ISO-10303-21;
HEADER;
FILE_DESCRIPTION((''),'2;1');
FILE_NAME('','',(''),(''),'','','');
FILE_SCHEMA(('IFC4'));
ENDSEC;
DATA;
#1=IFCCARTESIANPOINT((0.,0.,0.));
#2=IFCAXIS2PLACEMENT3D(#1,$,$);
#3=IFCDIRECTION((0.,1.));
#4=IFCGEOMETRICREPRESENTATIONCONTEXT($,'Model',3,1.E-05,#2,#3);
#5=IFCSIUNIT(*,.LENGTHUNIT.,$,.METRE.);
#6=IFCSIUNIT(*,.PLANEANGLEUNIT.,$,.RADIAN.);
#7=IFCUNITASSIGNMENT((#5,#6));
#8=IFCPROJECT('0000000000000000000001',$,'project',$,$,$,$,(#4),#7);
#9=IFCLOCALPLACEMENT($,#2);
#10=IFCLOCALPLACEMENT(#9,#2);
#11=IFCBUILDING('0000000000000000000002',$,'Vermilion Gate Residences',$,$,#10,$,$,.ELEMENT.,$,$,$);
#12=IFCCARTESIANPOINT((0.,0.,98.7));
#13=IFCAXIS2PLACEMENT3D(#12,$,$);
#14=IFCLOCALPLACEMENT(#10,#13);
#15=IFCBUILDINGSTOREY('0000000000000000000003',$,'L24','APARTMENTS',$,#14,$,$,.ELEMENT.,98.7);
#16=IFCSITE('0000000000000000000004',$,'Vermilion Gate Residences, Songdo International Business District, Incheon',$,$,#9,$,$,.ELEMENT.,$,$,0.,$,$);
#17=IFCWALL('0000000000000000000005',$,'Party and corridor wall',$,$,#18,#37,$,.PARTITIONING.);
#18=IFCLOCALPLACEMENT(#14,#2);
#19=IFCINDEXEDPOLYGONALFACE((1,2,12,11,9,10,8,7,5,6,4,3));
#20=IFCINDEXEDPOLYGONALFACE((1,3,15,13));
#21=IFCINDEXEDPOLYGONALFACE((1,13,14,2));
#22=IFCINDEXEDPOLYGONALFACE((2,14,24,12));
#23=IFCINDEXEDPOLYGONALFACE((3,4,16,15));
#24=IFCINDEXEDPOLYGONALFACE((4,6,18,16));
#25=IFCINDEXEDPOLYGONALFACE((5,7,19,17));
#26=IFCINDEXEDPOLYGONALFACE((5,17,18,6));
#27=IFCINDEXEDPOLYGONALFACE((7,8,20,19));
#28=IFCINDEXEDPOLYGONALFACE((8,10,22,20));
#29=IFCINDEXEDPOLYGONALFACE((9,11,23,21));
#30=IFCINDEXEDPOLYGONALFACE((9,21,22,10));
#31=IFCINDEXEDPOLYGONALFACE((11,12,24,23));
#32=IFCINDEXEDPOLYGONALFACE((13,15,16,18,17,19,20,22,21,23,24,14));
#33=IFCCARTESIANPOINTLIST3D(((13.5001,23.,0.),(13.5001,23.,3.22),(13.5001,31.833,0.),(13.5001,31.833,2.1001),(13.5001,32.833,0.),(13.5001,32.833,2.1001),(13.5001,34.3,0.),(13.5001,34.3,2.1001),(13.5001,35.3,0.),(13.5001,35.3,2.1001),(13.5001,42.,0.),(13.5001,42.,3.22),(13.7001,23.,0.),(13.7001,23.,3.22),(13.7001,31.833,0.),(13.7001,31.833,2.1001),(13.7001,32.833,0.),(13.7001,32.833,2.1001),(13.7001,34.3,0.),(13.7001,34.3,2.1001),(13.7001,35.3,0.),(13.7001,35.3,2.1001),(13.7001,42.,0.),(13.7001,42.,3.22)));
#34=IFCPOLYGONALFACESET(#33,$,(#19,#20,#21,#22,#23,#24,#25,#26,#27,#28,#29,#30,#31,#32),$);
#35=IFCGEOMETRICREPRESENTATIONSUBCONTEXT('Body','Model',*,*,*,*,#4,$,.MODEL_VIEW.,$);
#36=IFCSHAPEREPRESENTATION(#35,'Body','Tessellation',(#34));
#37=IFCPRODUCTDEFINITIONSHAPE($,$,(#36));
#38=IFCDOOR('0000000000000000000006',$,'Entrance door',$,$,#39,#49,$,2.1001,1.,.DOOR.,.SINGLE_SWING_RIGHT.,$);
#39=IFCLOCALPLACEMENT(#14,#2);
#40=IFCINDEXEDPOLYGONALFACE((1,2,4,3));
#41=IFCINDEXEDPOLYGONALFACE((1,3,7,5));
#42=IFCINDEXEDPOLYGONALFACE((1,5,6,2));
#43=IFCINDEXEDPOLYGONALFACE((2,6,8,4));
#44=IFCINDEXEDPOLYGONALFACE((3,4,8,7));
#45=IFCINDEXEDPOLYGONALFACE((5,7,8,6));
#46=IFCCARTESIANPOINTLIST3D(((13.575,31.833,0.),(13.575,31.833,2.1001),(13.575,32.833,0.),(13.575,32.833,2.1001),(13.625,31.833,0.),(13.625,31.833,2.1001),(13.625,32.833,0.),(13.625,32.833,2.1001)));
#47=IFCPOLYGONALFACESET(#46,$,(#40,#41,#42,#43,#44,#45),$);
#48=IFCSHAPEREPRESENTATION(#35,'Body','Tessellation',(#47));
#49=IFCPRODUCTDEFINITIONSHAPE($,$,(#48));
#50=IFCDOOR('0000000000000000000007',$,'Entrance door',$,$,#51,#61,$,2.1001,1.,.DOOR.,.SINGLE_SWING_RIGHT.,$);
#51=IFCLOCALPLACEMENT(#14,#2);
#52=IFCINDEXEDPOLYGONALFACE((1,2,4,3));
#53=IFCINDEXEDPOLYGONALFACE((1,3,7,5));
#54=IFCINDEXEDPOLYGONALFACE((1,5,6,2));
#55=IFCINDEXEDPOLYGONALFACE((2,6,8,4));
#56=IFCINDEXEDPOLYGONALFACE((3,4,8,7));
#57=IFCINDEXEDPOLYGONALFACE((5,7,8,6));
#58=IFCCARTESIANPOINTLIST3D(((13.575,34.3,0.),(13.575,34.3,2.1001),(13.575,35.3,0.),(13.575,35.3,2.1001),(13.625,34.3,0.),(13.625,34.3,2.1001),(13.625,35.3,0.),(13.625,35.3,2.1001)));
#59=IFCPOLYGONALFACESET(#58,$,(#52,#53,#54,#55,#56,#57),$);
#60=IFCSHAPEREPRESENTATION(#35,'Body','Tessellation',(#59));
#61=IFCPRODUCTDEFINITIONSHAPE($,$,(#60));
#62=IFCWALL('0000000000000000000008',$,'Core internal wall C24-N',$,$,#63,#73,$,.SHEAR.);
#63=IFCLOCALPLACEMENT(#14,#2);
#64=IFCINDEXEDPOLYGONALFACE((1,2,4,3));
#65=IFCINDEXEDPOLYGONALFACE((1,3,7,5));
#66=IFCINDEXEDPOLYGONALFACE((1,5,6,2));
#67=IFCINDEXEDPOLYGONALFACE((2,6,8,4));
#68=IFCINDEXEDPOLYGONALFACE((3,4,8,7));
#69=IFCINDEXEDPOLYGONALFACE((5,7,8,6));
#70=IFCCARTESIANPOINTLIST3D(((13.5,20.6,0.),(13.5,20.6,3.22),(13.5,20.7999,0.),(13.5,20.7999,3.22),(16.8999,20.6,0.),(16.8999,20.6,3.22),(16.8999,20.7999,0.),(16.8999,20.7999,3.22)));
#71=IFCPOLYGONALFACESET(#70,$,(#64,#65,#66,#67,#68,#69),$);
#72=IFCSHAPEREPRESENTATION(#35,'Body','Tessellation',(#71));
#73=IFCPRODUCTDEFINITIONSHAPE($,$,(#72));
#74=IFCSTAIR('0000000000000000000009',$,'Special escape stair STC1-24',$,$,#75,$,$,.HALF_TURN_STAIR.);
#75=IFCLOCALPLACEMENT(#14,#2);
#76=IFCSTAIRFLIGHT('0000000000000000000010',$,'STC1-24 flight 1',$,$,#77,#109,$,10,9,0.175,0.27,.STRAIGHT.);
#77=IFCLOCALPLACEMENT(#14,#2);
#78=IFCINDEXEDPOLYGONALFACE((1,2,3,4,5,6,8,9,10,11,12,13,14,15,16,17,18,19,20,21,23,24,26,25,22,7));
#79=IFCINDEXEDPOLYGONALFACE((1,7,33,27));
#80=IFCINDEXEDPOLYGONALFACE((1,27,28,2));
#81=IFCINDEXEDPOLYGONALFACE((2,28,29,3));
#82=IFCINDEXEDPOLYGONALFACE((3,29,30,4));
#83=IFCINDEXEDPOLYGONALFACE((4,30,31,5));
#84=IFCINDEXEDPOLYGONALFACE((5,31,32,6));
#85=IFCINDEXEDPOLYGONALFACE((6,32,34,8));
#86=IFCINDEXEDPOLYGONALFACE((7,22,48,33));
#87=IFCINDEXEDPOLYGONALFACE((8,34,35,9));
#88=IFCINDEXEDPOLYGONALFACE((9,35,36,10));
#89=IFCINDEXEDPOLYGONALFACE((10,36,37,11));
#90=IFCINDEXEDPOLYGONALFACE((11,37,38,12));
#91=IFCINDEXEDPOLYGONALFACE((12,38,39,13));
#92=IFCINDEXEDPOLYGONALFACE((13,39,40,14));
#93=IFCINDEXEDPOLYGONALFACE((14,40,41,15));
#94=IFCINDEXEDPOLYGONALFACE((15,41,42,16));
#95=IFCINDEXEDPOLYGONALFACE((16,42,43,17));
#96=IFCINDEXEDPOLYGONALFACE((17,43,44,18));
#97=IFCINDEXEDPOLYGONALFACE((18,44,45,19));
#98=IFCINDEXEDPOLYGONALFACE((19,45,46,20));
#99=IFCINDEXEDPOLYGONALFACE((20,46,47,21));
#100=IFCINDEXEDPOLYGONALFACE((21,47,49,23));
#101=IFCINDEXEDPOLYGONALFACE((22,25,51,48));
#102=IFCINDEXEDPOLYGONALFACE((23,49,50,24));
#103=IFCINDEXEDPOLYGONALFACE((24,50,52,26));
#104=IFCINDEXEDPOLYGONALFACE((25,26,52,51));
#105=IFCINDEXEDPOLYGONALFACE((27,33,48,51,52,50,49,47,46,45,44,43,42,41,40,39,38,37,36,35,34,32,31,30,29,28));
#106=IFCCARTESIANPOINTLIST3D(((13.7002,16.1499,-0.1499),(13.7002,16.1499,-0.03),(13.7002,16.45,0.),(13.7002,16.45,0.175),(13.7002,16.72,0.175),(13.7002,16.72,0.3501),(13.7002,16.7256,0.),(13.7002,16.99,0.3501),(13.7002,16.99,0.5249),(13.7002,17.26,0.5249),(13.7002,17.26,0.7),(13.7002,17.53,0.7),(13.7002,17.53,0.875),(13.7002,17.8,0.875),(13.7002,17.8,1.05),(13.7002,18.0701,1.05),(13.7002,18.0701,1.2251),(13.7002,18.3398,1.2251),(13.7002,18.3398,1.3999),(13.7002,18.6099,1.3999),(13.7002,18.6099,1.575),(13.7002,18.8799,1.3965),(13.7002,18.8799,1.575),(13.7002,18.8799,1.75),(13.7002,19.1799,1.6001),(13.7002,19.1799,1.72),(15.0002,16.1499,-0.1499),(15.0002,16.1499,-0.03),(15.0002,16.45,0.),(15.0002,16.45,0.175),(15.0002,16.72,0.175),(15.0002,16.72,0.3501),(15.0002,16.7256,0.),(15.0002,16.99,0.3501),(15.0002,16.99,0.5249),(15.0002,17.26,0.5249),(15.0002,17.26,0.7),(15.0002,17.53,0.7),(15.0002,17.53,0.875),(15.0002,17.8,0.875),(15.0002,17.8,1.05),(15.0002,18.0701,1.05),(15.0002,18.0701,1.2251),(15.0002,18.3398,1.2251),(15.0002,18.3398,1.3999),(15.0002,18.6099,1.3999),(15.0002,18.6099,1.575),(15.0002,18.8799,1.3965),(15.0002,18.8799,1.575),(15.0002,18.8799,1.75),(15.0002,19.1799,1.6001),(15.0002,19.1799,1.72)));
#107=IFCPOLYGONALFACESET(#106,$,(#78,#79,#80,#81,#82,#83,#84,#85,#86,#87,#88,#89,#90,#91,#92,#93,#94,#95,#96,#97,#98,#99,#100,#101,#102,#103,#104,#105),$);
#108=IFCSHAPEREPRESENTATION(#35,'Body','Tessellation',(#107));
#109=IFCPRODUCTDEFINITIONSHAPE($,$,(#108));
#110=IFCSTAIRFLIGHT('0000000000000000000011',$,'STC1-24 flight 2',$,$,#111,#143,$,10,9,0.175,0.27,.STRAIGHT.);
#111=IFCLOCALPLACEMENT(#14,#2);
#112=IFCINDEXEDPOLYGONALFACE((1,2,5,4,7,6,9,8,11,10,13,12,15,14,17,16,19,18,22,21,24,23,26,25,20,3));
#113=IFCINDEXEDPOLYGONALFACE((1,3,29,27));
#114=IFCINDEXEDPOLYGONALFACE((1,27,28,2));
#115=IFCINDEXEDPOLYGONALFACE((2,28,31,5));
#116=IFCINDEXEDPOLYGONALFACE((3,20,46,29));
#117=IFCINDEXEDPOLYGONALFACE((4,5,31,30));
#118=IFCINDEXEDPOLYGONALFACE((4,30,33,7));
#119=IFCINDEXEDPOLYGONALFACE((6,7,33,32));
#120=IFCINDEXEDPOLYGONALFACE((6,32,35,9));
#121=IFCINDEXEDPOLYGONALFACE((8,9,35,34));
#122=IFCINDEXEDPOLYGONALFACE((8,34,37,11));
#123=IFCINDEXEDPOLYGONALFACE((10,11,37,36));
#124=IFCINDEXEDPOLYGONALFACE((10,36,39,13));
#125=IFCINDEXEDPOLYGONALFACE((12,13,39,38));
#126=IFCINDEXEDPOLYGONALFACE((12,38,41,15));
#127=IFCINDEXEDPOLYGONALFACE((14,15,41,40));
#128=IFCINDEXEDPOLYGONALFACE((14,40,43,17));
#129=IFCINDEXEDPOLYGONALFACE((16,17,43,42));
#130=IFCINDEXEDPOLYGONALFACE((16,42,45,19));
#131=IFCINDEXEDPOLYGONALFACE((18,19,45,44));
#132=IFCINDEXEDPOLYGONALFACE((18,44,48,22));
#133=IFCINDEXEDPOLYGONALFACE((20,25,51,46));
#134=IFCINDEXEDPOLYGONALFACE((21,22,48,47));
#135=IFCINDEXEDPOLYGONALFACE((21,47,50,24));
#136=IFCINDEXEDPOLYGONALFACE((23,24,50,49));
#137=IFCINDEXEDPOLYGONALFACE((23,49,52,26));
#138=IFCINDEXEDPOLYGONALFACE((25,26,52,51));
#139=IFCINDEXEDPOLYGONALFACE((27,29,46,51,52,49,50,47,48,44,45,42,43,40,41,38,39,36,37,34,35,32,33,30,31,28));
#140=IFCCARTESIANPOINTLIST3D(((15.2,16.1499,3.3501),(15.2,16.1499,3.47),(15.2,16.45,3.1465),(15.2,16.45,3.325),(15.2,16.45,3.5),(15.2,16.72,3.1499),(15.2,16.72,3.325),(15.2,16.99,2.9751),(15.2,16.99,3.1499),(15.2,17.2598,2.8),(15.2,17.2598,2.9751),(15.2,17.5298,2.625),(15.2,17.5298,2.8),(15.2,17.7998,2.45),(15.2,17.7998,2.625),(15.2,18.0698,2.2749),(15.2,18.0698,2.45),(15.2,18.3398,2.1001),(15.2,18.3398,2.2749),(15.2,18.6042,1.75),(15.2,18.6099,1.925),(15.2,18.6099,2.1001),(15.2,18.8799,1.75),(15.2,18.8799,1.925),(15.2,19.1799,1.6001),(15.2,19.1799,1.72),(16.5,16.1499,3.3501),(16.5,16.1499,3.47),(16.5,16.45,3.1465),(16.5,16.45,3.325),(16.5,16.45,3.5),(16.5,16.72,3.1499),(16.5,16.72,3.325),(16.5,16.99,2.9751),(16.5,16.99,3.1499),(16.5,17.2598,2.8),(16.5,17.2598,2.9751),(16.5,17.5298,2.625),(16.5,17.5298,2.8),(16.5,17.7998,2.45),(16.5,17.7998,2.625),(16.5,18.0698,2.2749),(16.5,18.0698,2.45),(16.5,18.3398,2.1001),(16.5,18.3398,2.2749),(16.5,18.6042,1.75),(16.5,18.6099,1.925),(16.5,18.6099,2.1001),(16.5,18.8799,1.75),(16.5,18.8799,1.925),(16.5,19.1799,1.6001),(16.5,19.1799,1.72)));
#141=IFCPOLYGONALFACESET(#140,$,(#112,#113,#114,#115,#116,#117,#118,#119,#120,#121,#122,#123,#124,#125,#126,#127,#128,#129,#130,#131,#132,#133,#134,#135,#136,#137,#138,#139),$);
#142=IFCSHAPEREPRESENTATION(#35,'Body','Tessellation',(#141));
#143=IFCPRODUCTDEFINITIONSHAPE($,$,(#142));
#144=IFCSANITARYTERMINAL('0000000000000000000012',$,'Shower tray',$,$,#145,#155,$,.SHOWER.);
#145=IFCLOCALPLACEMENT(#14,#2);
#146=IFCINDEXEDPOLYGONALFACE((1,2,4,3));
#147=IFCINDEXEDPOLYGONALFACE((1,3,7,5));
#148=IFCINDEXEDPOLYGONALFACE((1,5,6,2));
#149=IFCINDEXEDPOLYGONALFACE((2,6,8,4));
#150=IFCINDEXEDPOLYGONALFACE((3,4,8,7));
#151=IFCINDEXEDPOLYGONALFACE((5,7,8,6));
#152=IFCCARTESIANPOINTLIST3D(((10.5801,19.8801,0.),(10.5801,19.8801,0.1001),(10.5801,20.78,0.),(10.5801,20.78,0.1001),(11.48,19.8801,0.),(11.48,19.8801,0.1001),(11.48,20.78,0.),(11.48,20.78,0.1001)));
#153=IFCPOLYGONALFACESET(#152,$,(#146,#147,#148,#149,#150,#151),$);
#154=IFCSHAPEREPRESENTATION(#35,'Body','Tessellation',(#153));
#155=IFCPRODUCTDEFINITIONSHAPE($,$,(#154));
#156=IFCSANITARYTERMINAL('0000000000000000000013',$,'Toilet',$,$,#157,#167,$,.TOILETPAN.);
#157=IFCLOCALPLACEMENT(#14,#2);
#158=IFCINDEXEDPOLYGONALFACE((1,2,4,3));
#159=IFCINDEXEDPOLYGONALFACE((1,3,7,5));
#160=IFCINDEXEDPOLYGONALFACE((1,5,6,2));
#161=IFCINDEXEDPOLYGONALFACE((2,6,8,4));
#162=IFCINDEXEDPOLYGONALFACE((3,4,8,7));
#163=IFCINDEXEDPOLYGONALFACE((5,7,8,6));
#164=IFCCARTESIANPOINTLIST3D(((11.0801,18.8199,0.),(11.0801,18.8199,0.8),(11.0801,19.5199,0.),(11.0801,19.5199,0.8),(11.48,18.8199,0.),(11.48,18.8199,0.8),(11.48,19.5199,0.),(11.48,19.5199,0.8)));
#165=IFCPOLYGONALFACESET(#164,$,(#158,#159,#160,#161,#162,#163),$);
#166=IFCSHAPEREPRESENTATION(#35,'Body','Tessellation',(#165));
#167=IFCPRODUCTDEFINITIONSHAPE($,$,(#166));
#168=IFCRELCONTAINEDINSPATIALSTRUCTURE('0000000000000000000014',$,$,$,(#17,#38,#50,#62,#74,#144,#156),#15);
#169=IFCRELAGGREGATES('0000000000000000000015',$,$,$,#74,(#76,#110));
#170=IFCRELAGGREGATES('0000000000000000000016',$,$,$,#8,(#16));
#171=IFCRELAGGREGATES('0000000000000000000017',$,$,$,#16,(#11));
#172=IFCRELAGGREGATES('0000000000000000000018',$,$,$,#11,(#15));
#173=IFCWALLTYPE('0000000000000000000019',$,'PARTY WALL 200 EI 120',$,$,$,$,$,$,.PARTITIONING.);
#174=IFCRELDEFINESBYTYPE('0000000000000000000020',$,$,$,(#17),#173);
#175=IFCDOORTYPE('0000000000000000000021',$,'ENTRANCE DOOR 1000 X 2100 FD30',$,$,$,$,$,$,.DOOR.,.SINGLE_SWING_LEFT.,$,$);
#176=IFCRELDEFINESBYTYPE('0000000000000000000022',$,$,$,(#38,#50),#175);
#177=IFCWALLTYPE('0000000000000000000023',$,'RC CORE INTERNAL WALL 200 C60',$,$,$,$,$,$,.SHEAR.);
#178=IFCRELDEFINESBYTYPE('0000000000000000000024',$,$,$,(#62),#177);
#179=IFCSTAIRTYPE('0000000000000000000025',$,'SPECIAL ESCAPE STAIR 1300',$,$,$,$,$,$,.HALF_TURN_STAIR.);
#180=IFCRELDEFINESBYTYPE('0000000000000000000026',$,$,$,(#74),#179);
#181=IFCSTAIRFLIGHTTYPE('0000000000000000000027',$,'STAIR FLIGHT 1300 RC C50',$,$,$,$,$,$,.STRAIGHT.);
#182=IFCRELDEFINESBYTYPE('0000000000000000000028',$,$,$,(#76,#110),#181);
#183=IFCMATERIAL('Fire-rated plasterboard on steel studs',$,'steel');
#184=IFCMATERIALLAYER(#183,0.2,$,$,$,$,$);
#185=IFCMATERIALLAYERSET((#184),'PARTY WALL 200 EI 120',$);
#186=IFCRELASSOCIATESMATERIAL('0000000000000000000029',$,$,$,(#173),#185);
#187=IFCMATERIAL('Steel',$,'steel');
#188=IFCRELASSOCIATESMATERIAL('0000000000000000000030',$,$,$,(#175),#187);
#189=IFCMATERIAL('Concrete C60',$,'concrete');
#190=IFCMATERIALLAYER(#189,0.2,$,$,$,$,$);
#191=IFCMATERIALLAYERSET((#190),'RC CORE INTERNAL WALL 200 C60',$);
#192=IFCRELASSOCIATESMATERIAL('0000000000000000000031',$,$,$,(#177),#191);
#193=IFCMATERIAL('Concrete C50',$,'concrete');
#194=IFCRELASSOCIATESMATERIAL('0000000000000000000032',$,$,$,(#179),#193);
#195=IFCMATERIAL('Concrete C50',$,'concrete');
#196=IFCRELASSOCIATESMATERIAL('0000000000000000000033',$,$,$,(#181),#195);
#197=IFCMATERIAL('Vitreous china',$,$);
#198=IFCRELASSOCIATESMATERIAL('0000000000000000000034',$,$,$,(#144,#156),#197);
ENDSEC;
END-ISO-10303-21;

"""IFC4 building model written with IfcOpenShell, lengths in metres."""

from ifc_helpers import new_model, si_unit, direction, frame, frame_2d, origin, origin_2d, place, context, subcontext, project, spatial, polyline, rectangle, outline, extrude, material, layer, layer_set, type_object, element, fill, aggregate, save


model = new_model("IFC4")

# Units and contexts
model_context = context("Model", 3, precision=1e-05, world=origin(), true_north=direction((0.0, 1.0)))
body_context = subcontext(model_context, "Body", "Model", "MODEL_VIEW")
ifc_project = project(units=[si_unit("LENGTHUNIT", "METRE"), si_unit("PLANEANGLEUNIT", "RADIAN")], contexts=[model_context])

# Site, building, storey
site_placement = place(None, origin())
site = spatial("IfcSite", under=ifc_project, at=site_placement, Name="Vermilion Gate Residences, Songdo International Business District, Incheon", CompositionType="ELEMENT", RefElevation=0.0)
building_placement = place(site_placement, origin())
building = spatial("IfcBuilding", under=site, at=building_placement, Name="Vermilion Gate Residences", CompositionType="ELEMENT")
storey_placement = place(building_placement, frame((0.0, 0.0, 98.7)))
storey = spatial("IfcBuildingStorey", under=building, at=storey_placement, Name="L24", Description="APARTMENTS", CompositionType="ELEMENT", Elevation=98.7)

# Shared definitions
ifc_material_1 = material(Name="Fire-rated plasterboard on steel studs", Category="steel")
ifc_layer_1 = layer(ifc_material_1, 0.2)
ifc_layer_set_1 = layer_set([ifc_layer_1], Name="PARTY WALL 200 EI 120")
wall_type_1 = type_object("IfcWallType", Name="PARTY WALL 200 EI 120", PredefinedType="PARTITIONING", material=ifc_layer_set_1)
ifc_material_2 = material(Name="Steel", Category="steel")
door_type_1 = type_object("IfcDoorType", Name="ENTRANCE DOOR 1000 X 2100 FD30", OperationType="SINGLE_SWING_LEFT", PredefinedType="DOOR", material=ifc_material_2)

# Wall, openings, doors
wall_1_placement = place(storey_placement, frame((13.6001, 23.0, 0.0), z_axis=(0.0, 0.0, 1.0), x_axis=(0.0, 1.0, 0.0)))
wall_1 = element("IfcWall", 1, at=wall_1_placement, inside=storey, type_object=wall_type_1, Name="Party and corridor wall", PredefinedType="PARTITIONING", context=body_context, shape_type="SweptSolid", body=[
    extrude(rectangle(XDim=19.0, YDim=0.2, at=frame_2d((9.5, 0.0))), origin(), (0.0, 0.0, 1.0), 3.22),
])
opening_1_placement = place(wall_1_placement, frame((8.833, 0.0, 0.0)))
opening_1 = element("IfcOpeningElement", 2, at=opening_1_placement, cuts=wall_1, PredefinedType="OPENING", context=body_context, shape_type="SweptSolid", body=[
    extrude(rectangle(XDim=1.0, YDim=2.1001, at=frame_2d((0.5, 1.05))), frame((0.0, 0.1099, 0.0), z_axis=(0.0, -1.0, 0.0), x_axis=(1.0, 0.0, 0.0)), (0.0, 0.0, 1.0), 0.22),
])
opening_2_placement = place(wall_1_placement, frame((11.3, 0.0, 0.0)))
opening_2 = element("IfcOpeningElement", 3, at=opening_2_placement, cuts=wall_1, PredefinedType="OPENING", context=body_context, shape_type="SweptSolid", body=[
    extrude(rectangle(XDim=1.0, YDim=2.1001, at=frame_2d((0.5, 1.05))), frame((0.0, 0.1099, 0.0), z_axis=(0.0, -1.0, 0.0), x_axis=(1.0, 0.0, 0.0)), (0.0, 0.0, 1.0), 0.22),
])
door_1_placement = place(opening_1_placement, frame((1.0, 0.0, 0.0), z_axis=(0.0, 0.0, 1.0), x_axis=(-1.0, 0.0, 0.0)))
door_1 = element("IfcDoor", 4, at=door_1_placement, inside=storey, type_object=door_type_1, Name="Entrance door", OperationType="SINGLE_SWING_RIGHT", OverallHeight=2.1001, OverallWidth=1.0, PredefinedType="DOOR", context=body_context, shape_type="SweptSolid", body=[
    extrude(rectangle(XDim=1.0, YDim=2.1001, at=frame_2d((0.5, 1.05))), frame((0.0, 0.0249, 0.0), z_axis=(0.0, -1.0, 0.0), x_axis=(1.0, 0.0, 0.0)), (0.0, 0.0, 1.0), 0.05),
])
fill(opening_1, door_1)
door_2_placement = place(opening_2_placement, frame((1.0, 0.0, 0.0), z_axis=(0.0, 0.0, 1.0), x_axis=(-1.0, 0.0, 0.0)))
door_2 = element("IfcDoor", 5, at=door_2_placement, inside=storey, type_object=door_type_1, Name="Entrance door", OperationType="SINGLE_SWING_RIGHT", OverallHeight=2.1001, OverallWidth=1.0, PredefinedType="DOOR", context=body_context, shape_type="SweptSolid", body=[
    extrude(rectangle(XDim=1.0, YDim=2.1001, at=frame_2d((0.5, 1.05))), frame((0.0, 0.0249, 0.0), z_axis=(0.0, -1.0, 0.0), x_axis=(1.0, 0.0, 0.0)), (0.0, 0.0, 1.0), 0.05),
])
fill(opening_2, door_2)

# Wall
ifc_material_3 = material(Name="Concrete C60", Category="concrete")
ifc_layer_2 = layer(ifc_material_3, 0.2)
ifc_layer_set_2 = layer_set([ifc_layer_2], Name="RC CORE INTERNAL WALL 200 C60")
wall_type_2 = type_object("IfcWallType", Name="RC CORE INTERNAL WALL 200 C60", PredefinedType="SHEAR", material=ifc_layer_set_2)
wall_2_placement = place(storey_placement, frame((13.5, 20.7, 0.0), z_axis=(0.0, 0.0, 1.0), x_axis=(1.0, 0.0, 0.0)))
element("IfcWall", 6, at=wall_2_placement, inside=storey, type_object=wall_type_2, Name="Core internal wall C24-N", PredefinedType="SHEAR", context=body_context, shape_type="SweptSolid", body=[
    extrude(rectangle(XDim=3.3999, YDim=0.2, at=frame_2d((1.7, 0.0))), origin(), (0.0, 0.0, 1.0), 3.22),
])

# Stair, stair flights
ifc_material_4 = material(Name="Concrete C50", Category="concrete")
stair_type = type_object("IfcStairType", Name="SPECIAL ESCAPE STAIR 1300", PredefinedType="HALF_TURN_STAIR", material=ifc_material_4)
stair_placement = place(storey_placement, origin())
stair = element("IfcStair", 7, at=stair_placement, inside=storey, type_object=stair_type, Name="Special escape stair STC1-24", PredefinedType="HALF_TURN_STAIR")
ifc_material_5 = material(Name="Concrete C50", Category="concrete")
stair_flight_type = type_object("IfcStairFlightType", Name="STAIR FLIGHT 1300 RC C50", PredefinedType="STRAIGHT", material=ifc_material_5)
stair_flight_1_placement = place(storey_placement, frame((14.3501, 16.45, 0.0), z_axis=(0.0, 0.0, 1.0), x_axis=(0.0, 1.0, 0.0)))
stair_flight_1 = element("IfcStairFlight", 8, at=stair_flight_1_placement, type_object=stair_flight_type, Name="STC1-24 flight 1", NumberOfRisers=10, NumberOfTreads=9, PredefinedType="STRAIGHT", RiserHeight=0.175, TreadLength=0.27, context=body_context, shape_type="SweptSolid", body=[
    extrude(outline(polyline([(-0.3, -0.1499), (-0.3, -0.03), (0.0, 0.0), (0.0, 0.175), (0.27, 0.175), (0.27, 0.3501), (0.54, 0.3501), (0.54, 0.5249), (0.8101, 0.5249), (0.8101, 0.7), (1.0801, 0.7), (1.0801, 0.875), (1.3501, 0.875), (1.3501, 1.05), (1.6201, 1.05), (1.6201, 1.2251), (1.8899, 1.2251), (1.8899, 1.3999), (2.1599, 1.3999), (2.1599, 1.575), (2.4299, 1.575), (2.4299, 1.75), (2.73, 1.72), (2.73, 1.6001), (2.4299, 1.3965), (0.2756, 0.0), (-0.3, -0.1499)])), frame((0.0, 0.6499, 0.0), z_axis=(0.0, -1.0, 0.0), x_axis=(1.0, 0.0, 0.0)), (0.0, 0.0, 1.0), 1.3),
])
stair_flight_2_placement = place(storey_placement, frame((15.8501, 18.8799, 1.75), z_axis=(0.0, 0.0, 1.0), x_axis=(0.0, -1.0, 0.0)))
stair_flight_2 = element("IfcStairFlight", 9, at=stair_flight_2_placement, type_object=stair_flight_type, Name="STC1-24 flight 2", NumberOfRisers=10, NumberOfTreads=9, PredefinedType="STRAIGHT", RiserHeight=0.175, TreadLength=0.27, context=body_context, shape_type="SweptSolid", body=[
    extrude(outline(polyline([(-0.3, -0.1499), (-0.3, -0.03), (0.0, 0.0), (0.0, 0.175), (0.27, 0.175), (0.27, 0.3501), (0.54, 0.3501), (0.54, 0.5249), (0.8101, 0.5249), (0.8101, 0.7), (1.0801, 0.7), (1.0801, 0.875), (1.3501, 0.875), (1.3501, 1.05), (1.6201, 1.05), (1.6201, 1.2251), (1.8899, 1.2251), (1.8899, 1.3999), (2.1599, 1.3999), (2.1599, 1.575), (2.4299, 1.575), (2.4299, 1.75), (2.73, 1.72), (2.73, 1.6001), (2.4299, 1.3965), (0.2756, 0.0), (-0.3, -0.1499)])), frame((0.0, 0.6499, 0.0), z_axis=(0.0, -1.0, 0.0), x_axis=(1.0, 0.0, 0.0)), (0.0, 0.0, 1.0), 1.3),
])
aggregate(stair, [stair_flight_1, stair_flight_2])

# Sanitary terminals
ifc_material_6 = material(Name="Vitreous china")
sanitary_terminal_1_placement = place(storey_placement, frame((11.03, 20.3301, 0.0), z_axis=(0.0, 0.0, 1.0), x_axis=(1.0, 0.0, 0.0)))
element("IfcSanitaryTerminal", 10, at=sanitary_terminal_1_placement, inside=storey, material=ifc_material_6, Name="Shower tray", PredefinedType="SHOWER", context=body_context, shape_type="SweptSolid", body=[
    extrude(rectangle(XDim=0.8999, YDim=0.8999, at=origin_2d()), origin(), (0.0, 0.0, 1.0), 0.1001),
])
sanitary_terminal_2_placement = place(storey_placement, frame((11.28, 19.1699, 0.0), z_axis=(0.0, 0.0, 1.0), x_axis=(1.0, 0.0, 0.0)))
element("IfcSanitaryTerminal", 11, at=sanitary_terminal_2_placement, inside=storey, material=ifc_material_6, Name="Toilet", PredefinedType="TOILETPAN", context=body_context, shape_type="SweptSolid", body=[
    extrude(rectangle(XDim=0.3999, YDim=0.7, at=origin_2d()), origin(), (0.0, 0.0, 1.0), 0.8),
])

save(model, "model.ifc")
